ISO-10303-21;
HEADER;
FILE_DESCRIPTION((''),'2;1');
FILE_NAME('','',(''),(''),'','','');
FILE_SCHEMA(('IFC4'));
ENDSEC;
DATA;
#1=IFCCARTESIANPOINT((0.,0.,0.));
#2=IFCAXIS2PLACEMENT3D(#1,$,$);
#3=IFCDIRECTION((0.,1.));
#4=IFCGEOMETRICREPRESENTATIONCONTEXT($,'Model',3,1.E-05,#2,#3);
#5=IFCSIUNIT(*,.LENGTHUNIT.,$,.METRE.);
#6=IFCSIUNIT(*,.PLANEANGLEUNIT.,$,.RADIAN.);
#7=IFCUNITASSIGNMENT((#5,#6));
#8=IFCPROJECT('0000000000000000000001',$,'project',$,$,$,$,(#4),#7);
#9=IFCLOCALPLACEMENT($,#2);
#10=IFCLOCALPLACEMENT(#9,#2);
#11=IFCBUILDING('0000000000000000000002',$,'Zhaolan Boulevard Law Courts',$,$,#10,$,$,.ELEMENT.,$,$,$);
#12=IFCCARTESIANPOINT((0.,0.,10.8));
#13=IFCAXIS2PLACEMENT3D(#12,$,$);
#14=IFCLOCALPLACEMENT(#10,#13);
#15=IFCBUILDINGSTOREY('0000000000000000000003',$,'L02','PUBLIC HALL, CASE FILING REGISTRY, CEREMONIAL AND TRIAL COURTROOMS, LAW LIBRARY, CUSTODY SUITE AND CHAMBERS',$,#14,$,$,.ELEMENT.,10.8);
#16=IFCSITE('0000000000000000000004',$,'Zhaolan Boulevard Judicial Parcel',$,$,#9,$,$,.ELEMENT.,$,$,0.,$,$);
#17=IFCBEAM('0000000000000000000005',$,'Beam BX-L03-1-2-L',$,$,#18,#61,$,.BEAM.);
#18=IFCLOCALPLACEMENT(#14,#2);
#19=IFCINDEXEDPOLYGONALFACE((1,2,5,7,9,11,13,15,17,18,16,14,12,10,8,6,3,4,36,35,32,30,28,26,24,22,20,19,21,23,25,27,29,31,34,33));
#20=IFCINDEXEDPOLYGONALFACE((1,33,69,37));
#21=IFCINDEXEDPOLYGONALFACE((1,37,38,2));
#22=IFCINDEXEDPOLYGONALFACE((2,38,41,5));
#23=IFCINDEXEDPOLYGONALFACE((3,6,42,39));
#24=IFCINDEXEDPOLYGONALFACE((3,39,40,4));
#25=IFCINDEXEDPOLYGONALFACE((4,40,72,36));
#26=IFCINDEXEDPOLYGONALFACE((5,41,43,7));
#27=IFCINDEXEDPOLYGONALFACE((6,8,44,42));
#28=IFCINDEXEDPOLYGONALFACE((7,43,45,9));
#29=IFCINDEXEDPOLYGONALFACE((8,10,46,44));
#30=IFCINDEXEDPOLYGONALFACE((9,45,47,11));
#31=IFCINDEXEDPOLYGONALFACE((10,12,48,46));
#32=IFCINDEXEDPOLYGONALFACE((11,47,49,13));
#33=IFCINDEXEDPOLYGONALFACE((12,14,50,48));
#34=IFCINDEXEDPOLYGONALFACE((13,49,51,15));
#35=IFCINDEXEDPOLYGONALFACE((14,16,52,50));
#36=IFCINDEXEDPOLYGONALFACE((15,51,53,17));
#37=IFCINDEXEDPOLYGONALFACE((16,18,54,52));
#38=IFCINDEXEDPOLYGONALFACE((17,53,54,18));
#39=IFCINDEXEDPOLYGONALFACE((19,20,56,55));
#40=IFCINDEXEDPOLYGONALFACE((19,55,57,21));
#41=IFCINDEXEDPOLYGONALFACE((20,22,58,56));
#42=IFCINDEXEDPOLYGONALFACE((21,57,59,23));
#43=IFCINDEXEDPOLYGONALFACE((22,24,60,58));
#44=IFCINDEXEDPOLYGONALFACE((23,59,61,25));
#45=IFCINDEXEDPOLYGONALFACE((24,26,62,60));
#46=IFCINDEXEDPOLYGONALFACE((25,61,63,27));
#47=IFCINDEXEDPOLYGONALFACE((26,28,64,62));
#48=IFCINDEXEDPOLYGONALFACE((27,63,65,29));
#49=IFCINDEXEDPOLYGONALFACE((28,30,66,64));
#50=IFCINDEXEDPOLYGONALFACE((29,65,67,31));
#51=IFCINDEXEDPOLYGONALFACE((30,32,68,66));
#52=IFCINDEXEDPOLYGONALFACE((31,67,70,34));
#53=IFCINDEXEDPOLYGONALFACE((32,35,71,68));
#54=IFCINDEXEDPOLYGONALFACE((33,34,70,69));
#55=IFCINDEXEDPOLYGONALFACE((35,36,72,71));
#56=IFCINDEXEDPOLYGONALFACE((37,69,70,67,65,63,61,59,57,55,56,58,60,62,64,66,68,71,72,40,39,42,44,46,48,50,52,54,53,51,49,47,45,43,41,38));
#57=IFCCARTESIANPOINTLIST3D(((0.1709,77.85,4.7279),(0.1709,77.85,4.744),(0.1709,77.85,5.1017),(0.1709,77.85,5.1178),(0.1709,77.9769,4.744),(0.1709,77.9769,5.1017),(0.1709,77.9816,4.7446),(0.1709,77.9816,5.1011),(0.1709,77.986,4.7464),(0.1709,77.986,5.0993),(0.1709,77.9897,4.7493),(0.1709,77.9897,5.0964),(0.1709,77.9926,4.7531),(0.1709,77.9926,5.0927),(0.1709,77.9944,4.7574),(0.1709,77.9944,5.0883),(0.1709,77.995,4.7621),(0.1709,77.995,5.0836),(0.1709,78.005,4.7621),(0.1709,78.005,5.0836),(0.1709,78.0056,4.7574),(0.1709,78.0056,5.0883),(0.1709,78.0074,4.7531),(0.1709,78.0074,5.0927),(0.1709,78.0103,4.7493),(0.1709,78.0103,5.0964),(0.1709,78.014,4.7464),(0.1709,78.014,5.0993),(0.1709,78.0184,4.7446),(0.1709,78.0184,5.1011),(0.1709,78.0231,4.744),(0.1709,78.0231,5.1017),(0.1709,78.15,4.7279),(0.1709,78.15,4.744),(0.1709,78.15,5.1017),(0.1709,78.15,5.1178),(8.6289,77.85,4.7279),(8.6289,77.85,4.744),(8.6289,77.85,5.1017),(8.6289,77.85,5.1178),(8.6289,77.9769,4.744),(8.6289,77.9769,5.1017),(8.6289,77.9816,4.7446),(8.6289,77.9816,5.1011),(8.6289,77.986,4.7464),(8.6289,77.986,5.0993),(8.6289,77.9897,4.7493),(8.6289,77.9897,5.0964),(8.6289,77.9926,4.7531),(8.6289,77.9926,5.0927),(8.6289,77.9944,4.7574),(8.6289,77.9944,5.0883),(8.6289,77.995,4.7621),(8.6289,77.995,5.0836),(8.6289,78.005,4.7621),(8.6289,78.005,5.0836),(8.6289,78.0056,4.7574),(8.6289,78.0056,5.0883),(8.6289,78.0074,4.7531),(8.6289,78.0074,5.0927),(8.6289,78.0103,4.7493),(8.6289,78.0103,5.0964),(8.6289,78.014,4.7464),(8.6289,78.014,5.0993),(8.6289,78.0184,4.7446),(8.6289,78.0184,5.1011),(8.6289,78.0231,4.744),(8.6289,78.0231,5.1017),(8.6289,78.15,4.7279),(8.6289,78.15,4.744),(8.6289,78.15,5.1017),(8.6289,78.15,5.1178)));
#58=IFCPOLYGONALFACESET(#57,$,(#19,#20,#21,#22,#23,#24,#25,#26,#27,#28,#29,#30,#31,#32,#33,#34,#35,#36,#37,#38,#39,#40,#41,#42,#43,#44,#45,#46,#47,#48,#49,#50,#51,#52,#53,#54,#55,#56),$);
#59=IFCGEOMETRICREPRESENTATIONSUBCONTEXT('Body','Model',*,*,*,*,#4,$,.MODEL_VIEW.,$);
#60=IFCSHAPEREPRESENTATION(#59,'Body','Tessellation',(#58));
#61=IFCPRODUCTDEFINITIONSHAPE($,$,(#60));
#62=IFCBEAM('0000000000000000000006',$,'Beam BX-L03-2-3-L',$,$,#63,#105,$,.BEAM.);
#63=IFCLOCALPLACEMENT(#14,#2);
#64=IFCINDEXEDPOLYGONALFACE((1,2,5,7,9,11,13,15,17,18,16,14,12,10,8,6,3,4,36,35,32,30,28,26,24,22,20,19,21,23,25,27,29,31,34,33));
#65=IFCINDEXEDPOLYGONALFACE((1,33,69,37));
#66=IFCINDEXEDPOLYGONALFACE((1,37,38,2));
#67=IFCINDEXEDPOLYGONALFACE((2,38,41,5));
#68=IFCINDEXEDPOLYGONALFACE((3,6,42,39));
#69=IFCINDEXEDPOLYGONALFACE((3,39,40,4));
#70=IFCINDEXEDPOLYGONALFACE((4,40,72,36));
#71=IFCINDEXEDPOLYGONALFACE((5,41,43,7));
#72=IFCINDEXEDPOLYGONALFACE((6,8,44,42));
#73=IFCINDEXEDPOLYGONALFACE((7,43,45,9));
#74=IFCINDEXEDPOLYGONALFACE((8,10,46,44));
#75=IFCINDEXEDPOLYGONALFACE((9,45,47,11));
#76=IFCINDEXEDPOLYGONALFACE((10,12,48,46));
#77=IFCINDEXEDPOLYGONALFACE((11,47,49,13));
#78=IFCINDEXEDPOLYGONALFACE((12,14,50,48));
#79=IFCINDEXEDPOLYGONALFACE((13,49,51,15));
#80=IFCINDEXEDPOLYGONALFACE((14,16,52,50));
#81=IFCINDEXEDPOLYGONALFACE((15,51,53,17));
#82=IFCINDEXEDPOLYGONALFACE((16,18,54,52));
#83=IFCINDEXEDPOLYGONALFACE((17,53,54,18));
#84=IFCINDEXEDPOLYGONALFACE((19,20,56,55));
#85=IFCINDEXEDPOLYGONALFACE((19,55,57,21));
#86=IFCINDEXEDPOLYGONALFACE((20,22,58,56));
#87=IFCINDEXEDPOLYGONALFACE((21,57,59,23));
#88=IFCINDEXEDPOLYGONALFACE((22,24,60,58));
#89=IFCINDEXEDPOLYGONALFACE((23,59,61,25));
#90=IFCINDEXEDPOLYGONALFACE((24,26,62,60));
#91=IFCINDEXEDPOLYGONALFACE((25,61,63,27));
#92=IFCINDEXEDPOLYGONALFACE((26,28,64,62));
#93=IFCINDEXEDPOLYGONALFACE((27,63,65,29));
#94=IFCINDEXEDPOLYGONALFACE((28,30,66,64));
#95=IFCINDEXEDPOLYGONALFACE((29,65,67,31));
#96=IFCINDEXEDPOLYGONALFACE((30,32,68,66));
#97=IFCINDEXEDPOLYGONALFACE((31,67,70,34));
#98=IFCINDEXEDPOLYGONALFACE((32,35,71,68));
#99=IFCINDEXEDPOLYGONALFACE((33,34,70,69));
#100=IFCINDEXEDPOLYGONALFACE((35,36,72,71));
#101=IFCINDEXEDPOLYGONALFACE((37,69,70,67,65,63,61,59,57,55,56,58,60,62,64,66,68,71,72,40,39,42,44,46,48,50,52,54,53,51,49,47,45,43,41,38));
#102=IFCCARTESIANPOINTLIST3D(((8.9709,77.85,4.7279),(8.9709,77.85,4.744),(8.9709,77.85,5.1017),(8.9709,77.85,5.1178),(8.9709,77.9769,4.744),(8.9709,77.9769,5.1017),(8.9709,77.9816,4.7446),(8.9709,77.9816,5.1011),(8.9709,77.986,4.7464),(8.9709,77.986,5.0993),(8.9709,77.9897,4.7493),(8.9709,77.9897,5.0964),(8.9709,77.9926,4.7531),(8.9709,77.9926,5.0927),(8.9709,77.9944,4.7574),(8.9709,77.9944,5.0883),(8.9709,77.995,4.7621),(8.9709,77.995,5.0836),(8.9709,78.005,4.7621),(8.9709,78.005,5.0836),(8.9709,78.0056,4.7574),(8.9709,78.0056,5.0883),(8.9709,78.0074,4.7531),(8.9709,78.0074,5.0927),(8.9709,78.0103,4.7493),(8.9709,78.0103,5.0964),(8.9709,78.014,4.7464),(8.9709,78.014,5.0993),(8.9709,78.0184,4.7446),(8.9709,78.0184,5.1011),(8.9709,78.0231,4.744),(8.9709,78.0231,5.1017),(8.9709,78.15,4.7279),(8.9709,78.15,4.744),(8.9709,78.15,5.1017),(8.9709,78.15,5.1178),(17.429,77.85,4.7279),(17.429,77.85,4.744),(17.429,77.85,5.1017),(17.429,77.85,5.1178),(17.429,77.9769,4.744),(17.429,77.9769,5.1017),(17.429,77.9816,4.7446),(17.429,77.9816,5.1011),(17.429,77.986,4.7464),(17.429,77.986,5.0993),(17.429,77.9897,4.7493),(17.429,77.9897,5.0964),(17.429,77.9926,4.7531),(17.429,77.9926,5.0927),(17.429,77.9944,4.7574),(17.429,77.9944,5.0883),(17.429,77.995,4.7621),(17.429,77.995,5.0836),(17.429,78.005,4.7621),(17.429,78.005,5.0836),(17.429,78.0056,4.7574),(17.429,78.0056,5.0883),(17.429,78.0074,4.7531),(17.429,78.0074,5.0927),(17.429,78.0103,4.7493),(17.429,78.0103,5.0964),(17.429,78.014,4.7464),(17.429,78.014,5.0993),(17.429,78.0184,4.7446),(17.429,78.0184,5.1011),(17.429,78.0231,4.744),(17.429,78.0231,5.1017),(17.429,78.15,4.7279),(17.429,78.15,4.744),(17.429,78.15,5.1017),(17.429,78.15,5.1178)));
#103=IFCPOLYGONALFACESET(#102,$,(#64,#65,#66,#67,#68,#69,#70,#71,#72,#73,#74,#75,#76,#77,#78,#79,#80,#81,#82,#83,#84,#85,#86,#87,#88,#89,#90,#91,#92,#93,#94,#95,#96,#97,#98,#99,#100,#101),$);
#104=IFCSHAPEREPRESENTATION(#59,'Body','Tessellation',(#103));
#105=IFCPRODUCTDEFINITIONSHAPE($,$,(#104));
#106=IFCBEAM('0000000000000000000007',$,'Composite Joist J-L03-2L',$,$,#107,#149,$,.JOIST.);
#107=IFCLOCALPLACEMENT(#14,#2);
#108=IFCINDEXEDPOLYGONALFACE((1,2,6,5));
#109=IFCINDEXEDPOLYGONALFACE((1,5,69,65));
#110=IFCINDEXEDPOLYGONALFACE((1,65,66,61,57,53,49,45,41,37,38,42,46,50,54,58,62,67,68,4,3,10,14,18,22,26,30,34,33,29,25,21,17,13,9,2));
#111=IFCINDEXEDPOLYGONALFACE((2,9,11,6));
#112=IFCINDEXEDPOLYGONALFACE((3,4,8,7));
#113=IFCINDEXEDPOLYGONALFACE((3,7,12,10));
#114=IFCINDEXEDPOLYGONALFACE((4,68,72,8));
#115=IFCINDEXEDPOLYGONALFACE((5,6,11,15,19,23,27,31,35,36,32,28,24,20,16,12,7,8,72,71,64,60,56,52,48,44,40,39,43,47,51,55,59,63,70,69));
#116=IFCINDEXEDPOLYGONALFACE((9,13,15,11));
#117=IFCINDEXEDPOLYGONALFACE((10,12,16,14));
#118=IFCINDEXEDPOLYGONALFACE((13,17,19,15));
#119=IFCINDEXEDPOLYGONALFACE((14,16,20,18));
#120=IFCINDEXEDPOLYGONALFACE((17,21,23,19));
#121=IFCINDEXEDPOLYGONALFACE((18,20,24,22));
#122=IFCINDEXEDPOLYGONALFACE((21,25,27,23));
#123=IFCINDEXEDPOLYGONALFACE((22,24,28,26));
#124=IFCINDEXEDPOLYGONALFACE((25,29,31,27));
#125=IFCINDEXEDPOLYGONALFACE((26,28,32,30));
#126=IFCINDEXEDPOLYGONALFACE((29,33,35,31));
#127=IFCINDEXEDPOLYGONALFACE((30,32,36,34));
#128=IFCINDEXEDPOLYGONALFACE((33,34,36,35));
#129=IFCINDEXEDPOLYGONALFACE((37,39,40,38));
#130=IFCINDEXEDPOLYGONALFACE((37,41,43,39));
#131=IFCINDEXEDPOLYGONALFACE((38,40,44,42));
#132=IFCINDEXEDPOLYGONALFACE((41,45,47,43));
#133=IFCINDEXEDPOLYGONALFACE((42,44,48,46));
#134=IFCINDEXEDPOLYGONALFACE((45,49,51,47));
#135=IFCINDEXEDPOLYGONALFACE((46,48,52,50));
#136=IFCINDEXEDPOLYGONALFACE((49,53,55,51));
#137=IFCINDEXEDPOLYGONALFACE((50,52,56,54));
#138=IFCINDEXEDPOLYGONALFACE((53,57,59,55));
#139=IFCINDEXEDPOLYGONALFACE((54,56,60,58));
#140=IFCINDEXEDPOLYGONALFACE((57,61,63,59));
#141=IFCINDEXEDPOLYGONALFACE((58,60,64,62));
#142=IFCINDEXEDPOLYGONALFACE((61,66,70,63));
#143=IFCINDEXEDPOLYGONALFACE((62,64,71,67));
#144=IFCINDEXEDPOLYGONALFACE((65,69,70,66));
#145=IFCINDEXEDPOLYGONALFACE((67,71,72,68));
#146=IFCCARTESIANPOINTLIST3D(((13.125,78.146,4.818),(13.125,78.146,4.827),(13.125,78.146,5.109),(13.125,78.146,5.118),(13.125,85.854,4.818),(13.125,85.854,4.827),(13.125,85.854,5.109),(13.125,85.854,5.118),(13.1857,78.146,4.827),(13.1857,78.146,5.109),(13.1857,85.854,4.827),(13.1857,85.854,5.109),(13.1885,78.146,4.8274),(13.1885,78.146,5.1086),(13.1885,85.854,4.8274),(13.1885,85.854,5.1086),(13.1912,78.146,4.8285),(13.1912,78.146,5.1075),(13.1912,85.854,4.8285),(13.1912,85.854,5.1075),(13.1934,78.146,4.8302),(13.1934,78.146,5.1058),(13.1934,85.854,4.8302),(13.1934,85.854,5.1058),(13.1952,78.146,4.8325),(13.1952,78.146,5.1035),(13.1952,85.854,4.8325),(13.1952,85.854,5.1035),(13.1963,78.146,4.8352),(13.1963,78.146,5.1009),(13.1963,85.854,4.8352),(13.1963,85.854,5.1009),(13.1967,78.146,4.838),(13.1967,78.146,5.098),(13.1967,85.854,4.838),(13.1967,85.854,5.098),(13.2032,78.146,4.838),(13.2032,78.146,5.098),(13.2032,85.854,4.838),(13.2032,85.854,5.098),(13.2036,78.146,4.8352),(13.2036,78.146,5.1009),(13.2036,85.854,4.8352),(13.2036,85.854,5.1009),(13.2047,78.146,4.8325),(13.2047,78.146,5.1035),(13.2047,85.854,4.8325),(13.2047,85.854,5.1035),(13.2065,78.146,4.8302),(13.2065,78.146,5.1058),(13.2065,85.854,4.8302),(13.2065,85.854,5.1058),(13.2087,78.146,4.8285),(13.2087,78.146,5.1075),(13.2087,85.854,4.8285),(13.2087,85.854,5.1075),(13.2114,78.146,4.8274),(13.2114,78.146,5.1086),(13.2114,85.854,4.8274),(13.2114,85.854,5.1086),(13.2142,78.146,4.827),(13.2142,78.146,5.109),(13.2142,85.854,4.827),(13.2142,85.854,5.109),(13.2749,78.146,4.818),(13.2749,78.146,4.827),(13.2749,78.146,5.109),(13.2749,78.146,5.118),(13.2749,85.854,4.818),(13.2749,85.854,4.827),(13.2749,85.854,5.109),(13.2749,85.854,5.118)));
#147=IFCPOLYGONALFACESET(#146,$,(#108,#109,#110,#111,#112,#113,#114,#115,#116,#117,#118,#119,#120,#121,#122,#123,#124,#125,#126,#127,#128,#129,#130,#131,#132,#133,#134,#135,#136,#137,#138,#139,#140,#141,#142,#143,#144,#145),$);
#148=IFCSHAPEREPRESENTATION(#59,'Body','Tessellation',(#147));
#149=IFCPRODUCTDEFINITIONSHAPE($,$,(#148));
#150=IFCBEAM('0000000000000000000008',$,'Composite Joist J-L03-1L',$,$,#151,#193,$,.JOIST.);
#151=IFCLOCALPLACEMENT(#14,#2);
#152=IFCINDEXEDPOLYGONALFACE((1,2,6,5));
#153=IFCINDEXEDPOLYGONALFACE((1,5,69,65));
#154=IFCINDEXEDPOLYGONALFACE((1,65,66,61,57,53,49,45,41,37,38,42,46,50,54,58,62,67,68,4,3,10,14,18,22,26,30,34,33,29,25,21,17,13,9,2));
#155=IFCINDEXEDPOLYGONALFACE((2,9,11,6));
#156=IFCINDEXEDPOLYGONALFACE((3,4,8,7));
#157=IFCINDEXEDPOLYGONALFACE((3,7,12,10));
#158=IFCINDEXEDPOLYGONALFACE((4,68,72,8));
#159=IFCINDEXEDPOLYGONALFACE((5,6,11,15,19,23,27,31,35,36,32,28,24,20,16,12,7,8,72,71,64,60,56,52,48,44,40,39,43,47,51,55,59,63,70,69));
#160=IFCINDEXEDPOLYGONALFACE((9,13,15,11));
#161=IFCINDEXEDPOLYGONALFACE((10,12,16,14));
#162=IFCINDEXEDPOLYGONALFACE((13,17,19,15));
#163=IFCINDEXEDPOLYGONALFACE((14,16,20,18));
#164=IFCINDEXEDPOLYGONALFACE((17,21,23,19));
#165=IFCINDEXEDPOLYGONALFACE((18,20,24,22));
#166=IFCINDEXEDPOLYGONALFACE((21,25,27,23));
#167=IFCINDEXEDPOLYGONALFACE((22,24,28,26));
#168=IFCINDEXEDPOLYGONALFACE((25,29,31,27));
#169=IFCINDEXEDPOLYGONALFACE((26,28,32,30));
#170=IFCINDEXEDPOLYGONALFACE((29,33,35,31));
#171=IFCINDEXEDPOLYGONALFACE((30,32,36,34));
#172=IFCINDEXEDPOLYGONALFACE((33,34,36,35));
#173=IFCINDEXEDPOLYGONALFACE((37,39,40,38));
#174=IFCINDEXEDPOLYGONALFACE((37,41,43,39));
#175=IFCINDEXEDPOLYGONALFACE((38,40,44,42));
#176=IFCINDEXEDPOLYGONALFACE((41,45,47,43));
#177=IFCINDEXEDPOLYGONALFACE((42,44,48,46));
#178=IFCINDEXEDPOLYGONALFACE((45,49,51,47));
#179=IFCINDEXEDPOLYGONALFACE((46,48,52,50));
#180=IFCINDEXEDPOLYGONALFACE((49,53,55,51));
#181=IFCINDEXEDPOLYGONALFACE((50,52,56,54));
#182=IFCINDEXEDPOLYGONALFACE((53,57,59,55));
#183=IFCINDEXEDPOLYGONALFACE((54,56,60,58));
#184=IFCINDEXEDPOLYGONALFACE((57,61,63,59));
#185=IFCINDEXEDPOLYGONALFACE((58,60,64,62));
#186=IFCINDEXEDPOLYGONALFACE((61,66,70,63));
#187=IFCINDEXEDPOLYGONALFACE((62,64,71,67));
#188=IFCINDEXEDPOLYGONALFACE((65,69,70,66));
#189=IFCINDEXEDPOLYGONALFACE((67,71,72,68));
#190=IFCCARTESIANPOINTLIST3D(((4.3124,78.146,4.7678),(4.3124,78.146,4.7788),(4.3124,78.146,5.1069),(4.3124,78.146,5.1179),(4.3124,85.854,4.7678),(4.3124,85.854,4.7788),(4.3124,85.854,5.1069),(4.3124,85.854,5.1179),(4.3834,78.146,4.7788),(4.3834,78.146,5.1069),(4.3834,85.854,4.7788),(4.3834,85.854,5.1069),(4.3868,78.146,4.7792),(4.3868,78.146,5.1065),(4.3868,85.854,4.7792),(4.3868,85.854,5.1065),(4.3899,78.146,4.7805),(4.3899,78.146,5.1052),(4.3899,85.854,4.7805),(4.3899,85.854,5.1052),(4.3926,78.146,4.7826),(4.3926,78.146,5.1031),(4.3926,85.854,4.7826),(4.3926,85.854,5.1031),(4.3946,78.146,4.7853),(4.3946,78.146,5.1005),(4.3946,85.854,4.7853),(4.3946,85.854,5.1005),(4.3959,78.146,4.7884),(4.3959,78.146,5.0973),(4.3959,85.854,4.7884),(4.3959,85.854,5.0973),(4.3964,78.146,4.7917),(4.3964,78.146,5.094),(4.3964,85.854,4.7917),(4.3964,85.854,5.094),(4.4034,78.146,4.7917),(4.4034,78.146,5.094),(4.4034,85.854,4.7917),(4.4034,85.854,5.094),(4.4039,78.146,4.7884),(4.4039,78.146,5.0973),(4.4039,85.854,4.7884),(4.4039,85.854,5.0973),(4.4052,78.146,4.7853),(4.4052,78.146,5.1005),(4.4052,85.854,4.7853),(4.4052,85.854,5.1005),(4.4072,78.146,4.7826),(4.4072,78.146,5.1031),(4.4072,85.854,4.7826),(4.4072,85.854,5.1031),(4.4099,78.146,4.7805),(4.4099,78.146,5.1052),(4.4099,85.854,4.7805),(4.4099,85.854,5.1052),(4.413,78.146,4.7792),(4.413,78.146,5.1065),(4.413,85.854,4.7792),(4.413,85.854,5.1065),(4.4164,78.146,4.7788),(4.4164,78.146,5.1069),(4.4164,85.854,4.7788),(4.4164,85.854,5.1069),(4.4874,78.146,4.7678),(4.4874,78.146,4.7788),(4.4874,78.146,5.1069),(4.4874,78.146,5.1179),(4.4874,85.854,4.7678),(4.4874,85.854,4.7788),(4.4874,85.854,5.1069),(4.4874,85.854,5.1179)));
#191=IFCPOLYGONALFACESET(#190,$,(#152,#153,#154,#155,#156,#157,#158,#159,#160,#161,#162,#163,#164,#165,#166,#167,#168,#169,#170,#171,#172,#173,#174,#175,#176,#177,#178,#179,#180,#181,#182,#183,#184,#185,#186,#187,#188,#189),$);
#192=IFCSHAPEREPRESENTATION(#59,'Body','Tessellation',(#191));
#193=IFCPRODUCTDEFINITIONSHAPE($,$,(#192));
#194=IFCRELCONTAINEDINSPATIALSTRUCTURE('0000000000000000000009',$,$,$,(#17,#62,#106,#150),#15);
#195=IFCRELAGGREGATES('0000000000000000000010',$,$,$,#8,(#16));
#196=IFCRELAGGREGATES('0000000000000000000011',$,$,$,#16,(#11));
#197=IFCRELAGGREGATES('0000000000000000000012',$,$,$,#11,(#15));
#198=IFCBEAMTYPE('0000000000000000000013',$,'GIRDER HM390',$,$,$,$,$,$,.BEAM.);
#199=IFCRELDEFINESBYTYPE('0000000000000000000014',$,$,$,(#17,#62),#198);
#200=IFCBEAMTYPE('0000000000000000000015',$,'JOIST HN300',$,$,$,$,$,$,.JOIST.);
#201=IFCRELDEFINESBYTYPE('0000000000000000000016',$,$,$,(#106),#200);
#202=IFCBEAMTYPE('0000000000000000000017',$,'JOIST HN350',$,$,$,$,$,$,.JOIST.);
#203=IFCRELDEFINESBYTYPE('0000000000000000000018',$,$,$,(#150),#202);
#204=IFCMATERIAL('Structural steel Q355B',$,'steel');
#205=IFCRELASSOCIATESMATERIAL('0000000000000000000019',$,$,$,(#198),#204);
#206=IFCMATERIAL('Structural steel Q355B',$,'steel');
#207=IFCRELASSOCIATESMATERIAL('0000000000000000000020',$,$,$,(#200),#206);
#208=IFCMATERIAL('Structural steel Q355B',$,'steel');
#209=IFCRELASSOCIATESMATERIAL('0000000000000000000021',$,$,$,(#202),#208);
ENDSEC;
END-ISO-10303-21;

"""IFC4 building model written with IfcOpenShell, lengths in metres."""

from ifc_helpers import new_model, si_unit, direction, frame, origin, origin_2d, place, context, subcontext, project, spatial, i_section, extrude, material, material_profile, profile_set, type_object, element, save


model = new_model("IFC4")

# Units and contexts
model_context = context("Model", 3, precision=1e-05, world=origin(), true_north=direction((0.0, 1.0)))
body_context = subcontext(model_context, "Body", "Model", "MODEL_VIEW")
ifc_project = project(units=[si_unit("LENGTHUNIT", "METRE"), si_unit("PLANEANGLEUNIT", "RADIAN")], contexts=[model_context])

# Site, building, storey
site_placement = place(None, origin())
site = spatial("IfcSite", under=ifc_project, at=site_placement, Name="Zhaolan Boulevard Judicial Parcel", CompositionType="ELEMENT", RefElevation=0.0)
building_placement = place(site_placement, origin())
building = spatial("IfcBuilding", under=site, at=building_placement, Name="Zhaolan Boulevard Law Courts", CompositionType="ELEMENT")
storey_placement = place(building_placement, frame((0.0, 0.0, 10.8)))
storey = spatial("IfcBuildingStorey", under=building, at=storey_placement, Name="L02", Description="PUBLIC HALL, CASE FILING REGISTRY, CEREMONIAL AND TRIAL COURTROOMS, LAW LIBRARY, CUSTODY SUITE AND CHAMBERS", CompositionType="ELEMENT", Elevation=10.8)

# Beams
ifc_material_1 = material(Name="Structural steel Q355B", Category="steel")
ifc_material_profile_1 = material_profile(ifc_material_1, i_section(OverallWidth=0.3, OverallDepth=0.3899, WebThickness=0.01, FlangeThickness=0.0161, FilletRadius=0.0181, at=origin_2d()), Name="HM390x300")
ifc_profile_set_1 = profile_set([ifc_material_profile_1], Name="Structural steel Q355B")
beam_type_1 = type_object("IfcBeamType", Name="GIRDER HM390", PredefinedType="BEAM", material=ifc_profile_set_1)
for number, where, z_axis, x_axis, name in (
    (1, (0.1709, 78.0, 4.9229), (1.0, 0.0, 0.0), (0.0, 1.0, 0.0), "Beam BX-L03-1-2-L"),
    (2, (8.9709, 78.0, 4.9229), (1.0, 0.0, 0.0), (0.0, 1.0, 0.0), "Beam BX-L03-2-3-L"),
):
    element("IfcBeam", number, at=place(storey_placement, frame(where, z_axis=z_axis, x_axis=x_axis)), inside=storey, type_object=beam_type_1, Name=name, PredefinedType="BEAM", context=body_context, shape_type="SweptSolid", body=[
        extrude(i_section(OverallWidth=0.3, OverallDepth=0.3899, WebThickness=0.01, FlangeThickness=0.0161, FilletRadius=0.0181, at=origin_2d()), origin(), (0.0, 0.0, 1.0), 8.458),
    ])
ifc_material_2 = material(Name="Structural steel Q355B", Category="steel")
ifc_material_profile_2 = material_profile(ifc_material_2, i_section(OverallWidth=0.1499, OverallDepth=0.3, WebThickness=0.0066, FlangeThickness=0.009, FilletRadius=0.011, at=origin_2d()), Name="HN300x150")
ifc_profile_set_2 = profile_set([ifc_material_profile_2], Name="Structural steel Q355B")
beam_type_2 = type_object("IfcBeamType", Name="JOIST HN300", PredefinedType="JOIST", material=ifc_profile_set_2)
beam_1_placement = place(storey_placement, frame((13.2, 78.146, 4.968), z_axis=(0.0, 1.0, 0.0), x_axis=(-1.0, 0.0, 0.0)))
element("IfcBeam", 3, at=beam_1_placement, inside=storey, type_object=beam_type_2, Name="Composite Joist J-L03-2L", PredefinedType="JOIST", context=body_context, shape_type="SweptSolid", body=[
    extrude(i_section(OverallWidth=0.1499, OverallDepth=0.3, WebThickness=0.0066, FlangeThickness=0.009, FilletRadius=0.011, at=origin_2d()), origin(), (0.0, 0.0, 1.0), 7.708),
])
ifc_material_3 = material(Name="Structural steel Q355B", Category="steel")
ifc_material_profile_3 = material_profile(ifc_material_3, i_section(OverallWidth=0.175, OverallDepth=0.3501, WebThickness=0.0071, FlangeThickness=0.011, FilletRadius=0.0129, at=origin_2d()), Name="HN350x175")
ifc_profile_set_3 = profile_set([ifc_material_profile_3], Name="Structural steel Q355B")
beam_type_3 = type_object("IfcBeamType", Name="JOIST HN350", PredefinedType="JOIST", material=ifc_profile_set_3)
for number, where, z_axis, x_axis, name in (
    (4, (4.3999, 78.146, 4.9429), (0.0, 1.0, 0.0), (-1.0, 0.0, 0.0), "Composite Joist J-L03-1L"),
):
    element("IfcBeam", number, at=place(storey_placement, frame(where, z_axis=z_axis, x_axis=x_axis)), inside=storey, type_object=beam_type_3, Name=name, PredefinedType="JOIST", context=body_context, shape_type="SweptSolid", body=[
        extrude(i_section(OverallWidth=0.175, OverallDepth=0.3501, WebThickness=0.0071, FlangeThickness=0.011, FilletRadius=0.0129, at=origin_2d()), origin(), (0.0, 0.0, 1.0), 7.708),
    ])

save(model, "model.ifc")
